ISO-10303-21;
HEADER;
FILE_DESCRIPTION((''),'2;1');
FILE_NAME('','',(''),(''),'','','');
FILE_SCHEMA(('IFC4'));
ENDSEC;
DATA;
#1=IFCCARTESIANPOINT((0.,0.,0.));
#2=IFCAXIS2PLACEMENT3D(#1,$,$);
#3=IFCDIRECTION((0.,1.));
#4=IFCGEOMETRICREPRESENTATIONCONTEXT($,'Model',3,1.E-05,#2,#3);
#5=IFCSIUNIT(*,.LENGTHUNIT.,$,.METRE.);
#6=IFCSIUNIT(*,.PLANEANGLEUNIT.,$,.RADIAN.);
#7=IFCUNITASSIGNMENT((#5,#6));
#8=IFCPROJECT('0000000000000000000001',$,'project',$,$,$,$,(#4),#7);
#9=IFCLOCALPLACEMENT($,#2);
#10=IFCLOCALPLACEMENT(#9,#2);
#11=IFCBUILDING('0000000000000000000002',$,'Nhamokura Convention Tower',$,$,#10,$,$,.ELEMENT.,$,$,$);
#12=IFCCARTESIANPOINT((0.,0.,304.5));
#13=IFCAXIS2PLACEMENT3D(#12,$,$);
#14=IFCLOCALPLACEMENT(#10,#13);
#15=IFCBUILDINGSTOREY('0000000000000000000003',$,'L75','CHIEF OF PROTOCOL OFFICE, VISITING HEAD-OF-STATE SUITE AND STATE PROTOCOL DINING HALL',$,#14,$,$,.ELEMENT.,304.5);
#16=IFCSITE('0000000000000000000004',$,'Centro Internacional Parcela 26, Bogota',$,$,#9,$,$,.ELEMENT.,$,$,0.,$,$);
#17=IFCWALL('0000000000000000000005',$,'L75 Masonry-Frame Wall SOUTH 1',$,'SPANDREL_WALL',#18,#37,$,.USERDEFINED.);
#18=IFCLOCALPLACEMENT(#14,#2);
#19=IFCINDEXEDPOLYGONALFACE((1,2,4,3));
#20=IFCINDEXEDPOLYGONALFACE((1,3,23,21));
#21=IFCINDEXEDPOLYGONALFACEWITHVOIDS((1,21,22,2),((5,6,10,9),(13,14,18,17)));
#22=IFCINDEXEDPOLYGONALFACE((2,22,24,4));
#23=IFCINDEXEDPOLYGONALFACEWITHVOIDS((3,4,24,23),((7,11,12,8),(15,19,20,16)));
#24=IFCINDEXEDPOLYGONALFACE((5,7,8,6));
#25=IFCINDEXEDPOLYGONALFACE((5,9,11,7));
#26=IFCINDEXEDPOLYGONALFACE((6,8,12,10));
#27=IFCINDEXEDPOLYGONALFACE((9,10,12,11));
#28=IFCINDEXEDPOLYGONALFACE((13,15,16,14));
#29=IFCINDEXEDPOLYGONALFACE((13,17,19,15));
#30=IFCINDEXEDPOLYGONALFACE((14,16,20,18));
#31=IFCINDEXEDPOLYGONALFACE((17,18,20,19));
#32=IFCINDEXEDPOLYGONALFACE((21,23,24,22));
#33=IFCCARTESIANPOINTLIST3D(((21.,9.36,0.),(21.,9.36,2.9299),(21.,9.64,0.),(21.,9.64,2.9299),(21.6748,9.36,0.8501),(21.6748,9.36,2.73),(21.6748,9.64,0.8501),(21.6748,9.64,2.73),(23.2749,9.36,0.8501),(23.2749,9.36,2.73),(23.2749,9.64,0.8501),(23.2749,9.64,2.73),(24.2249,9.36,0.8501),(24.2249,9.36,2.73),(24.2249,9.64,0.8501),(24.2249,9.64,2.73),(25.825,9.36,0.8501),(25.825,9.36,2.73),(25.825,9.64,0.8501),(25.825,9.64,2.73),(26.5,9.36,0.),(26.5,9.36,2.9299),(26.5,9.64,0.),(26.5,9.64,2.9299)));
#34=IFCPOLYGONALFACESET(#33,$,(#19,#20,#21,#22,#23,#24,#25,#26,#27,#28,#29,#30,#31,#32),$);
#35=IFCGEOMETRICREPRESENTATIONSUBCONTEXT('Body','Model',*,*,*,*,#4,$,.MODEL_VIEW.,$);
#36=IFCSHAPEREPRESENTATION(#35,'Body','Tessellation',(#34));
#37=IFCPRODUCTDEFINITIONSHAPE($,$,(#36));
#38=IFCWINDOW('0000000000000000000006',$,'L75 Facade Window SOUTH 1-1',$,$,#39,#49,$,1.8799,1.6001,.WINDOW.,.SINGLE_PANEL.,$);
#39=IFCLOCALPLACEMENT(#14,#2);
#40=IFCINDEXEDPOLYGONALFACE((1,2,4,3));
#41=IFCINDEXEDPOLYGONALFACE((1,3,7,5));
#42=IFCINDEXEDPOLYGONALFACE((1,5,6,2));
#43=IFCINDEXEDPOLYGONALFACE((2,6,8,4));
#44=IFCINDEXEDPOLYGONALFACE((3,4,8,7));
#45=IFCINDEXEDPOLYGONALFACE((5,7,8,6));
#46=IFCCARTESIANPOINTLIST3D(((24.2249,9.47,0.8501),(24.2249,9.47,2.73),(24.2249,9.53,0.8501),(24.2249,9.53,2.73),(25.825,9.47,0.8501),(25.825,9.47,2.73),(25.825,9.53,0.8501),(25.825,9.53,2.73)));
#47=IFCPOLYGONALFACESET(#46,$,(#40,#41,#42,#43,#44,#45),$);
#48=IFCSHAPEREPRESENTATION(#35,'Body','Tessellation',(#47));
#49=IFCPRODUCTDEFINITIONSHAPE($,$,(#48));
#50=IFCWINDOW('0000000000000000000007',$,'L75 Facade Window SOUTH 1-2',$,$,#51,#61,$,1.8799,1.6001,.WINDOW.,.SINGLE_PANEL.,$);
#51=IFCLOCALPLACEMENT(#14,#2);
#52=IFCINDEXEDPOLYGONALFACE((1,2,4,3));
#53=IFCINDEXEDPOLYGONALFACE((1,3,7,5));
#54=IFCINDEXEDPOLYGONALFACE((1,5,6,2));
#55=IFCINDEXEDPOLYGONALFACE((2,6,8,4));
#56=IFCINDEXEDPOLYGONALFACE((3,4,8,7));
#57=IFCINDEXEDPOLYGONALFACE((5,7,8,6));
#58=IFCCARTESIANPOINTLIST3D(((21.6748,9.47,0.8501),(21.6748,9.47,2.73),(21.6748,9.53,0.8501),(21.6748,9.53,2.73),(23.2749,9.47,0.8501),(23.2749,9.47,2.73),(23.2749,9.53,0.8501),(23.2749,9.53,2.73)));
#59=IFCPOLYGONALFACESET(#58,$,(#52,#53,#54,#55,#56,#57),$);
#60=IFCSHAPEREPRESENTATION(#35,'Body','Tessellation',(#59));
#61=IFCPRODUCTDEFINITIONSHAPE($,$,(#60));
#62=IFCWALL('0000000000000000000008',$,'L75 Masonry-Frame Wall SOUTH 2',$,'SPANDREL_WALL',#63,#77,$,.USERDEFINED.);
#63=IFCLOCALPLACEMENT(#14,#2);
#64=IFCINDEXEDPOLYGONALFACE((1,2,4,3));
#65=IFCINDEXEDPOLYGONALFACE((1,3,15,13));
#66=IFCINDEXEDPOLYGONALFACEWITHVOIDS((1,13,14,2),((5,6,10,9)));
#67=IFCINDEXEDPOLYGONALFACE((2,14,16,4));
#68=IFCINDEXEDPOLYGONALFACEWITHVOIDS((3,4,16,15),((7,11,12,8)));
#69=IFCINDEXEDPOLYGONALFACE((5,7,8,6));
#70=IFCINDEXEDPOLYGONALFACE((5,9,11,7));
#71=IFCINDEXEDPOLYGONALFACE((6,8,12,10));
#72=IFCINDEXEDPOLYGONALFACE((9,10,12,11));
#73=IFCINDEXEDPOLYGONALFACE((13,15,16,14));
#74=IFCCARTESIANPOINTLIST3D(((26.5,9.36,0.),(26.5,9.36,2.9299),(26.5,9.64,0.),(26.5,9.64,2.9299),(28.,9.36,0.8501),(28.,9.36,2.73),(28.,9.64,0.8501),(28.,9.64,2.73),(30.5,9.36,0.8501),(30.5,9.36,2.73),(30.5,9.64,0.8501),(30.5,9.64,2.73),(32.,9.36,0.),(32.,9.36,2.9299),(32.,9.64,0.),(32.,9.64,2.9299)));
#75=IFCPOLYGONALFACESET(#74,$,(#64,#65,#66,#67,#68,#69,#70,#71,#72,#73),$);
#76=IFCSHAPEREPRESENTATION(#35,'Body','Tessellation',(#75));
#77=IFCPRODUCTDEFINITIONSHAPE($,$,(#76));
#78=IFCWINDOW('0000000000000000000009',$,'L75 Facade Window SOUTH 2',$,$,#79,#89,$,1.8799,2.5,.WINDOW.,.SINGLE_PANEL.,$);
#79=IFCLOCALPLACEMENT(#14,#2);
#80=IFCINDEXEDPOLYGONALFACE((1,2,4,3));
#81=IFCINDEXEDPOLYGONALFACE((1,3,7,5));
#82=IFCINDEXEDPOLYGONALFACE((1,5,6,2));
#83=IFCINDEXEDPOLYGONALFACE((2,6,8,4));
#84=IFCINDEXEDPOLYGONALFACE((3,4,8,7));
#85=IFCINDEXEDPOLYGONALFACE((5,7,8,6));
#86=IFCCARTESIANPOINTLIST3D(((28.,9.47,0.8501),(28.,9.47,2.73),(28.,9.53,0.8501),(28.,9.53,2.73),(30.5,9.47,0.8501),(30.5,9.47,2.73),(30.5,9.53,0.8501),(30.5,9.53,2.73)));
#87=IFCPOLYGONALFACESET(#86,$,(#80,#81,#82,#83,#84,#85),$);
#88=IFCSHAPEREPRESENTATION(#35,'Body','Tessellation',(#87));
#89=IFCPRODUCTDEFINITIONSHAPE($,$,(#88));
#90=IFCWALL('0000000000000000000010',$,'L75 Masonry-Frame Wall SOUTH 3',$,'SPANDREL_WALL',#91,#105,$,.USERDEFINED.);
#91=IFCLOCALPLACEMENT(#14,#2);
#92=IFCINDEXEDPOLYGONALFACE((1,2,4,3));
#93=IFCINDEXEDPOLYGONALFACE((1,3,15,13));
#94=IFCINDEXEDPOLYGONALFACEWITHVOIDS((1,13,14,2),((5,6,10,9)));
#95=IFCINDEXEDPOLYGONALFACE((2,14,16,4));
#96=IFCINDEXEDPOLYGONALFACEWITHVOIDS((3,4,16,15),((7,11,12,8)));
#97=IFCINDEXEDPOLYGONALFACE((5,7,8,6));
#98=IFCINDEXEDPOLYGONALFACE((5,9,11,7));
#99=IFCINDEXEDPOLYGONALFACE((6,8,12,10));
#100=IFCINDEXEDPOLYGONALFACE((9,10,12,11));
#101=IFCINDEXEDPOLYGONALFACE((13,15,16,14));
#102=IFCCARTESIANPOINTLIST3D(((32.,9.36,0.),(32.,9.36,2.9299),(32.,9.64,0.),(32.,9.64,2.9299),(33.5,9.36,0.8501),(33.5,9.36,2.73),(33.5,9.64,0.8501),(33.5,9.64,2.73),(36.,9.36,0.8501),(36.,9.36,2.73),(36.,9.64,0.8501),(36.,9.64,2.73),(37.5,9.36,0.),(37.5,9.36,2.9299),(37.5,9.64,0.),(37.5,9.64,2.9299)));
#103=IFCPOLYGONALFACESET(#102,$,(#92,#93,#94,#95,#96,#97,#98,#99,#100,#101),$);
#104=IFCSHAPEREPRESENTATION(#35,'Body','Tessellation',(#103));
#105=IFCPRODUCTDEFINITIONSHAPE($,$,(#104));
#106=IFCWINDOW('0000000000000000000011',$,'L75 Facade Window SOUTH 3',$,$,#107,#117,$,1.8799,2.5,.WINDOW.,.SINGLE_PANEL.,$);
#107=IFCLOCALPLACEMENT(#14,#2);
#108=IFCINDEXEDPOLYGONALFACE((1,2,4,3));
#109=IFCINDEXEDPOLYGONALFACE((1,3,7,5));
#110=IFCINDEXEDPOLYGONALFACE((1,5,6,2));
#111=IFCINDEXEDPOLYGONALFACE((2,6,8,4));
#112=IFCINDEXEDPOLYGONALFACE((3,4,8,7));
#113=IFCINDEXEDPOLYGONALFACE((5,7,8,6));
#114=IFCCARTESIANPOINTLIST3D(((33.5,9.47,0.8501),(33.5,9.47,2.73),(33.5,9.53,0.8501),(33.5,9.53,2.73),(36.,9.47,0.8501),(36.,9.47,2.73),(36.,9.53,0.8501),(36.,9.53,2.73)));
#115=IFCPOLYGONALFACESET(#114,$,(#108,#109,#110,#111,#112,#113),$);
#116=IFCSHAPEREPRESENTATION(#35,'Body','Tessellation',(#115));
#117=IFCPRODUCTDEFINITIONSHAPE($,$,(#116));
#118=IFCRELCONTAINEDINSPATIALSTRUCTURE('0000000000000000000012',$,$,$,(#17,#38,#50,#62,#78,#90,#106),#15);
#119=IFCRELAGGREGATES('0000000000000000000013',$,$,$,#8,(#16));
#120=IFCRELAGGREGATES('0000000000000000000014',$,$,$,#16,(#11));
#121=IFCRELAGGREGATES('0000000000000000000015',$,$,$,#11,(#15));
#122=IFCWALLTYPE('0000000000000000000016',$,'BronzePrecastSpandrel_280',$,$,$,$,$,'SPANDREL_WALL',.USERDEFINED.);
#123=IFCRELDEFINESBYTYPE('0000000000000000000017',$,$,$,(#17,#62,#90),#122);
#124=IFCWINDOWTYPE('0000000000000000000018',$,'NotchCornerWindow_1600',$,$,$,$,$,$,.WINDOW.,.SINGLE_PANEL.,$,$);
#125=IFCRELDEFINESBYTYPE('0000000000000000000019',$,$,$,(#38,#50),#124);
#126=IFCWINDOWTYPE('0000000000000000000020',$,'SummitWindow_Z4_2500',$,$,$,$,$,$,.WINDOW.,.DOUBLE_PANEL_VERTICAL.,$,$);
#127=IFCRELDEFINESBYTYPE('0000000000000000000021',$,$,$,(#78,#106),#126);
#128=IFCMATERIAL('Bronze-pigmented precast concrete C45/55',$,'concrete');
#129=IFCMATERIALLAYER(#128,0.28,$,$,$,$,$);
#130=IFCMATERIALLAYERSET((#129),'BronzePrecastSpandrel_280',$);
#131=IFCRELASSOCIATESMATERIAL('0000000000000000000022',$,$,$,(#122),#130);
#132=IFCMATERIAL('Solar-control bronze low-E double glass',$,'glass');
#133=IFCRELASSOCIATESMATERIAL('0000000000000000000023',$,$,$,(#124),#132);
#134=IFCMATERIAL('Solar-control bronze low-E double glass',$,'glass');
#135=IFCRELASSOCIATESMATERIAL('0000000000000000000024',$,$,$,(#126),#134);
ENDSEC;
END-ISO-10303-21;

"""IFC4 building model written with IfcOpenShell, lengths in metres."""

from ifc_helpers import new_model, si_unit, direction, frame, frame_2d, origin, place, context, subcontext, project, spatial, rectangle, extrude, material, layer, layer_set, type_object, element, fill, save


model = new_model("IFC4")

# Units and contexts
model_context = context("Model", 3, precision=1e-05, world=origin(), true_north=direction((0.0, 1.0)))
body_context = subcontext(model_context, "Body", "Model", "MODEL_VIEW")
ifc_project = project(units=[si_unit("LENGTHUNIT", "METRE"), si_unit("PLANEANGLEUNIT", "RADIAN")], contexts=[model_context])

# Site, building, storey
site_placement = place(None, origin())
site = spatial("IfcSite", under=ifc_project, at=site_placement, Name="Centro Internacional Parcela 26, Bogota", CompositionType="ELEMENT", RefElevation=0.0)
building_placement = place(site_placement, origin())
building = spatial("IfcBuilding", under=site, at=building_placement, Name="Nhamokura Convention Tower", CompositionType="ELEMENT")
storey_placement = place(building_placement, frame((0.0, 0.0, 304.5)))
storey = spatial("IfcBuildingStorey", under=building, at=storey_placement, Name="L75", Description="CHIEF OF PROTOCOL OFFICE, VISITING HEAD-OF-STATE SUITE AND STATE PROTOCOL DINING HALL", CompositionType="ELEMENT", Elevation=304.5)

# Wall, openings, windows
ifc_material_1 = material(Name="Bronze-pigmented precast concrete C45/55", Category="concrete")
ifc_layer_1 = layer(ifc_material_1, 0.28)
ifc_layer_set_1 = layer_set([ifc_layer_1], Name="BronzePrecastSpandrel_280")
wall_type_1 = type_object("IfcWallType", Name="BronzePrecastSpandrel_280", ElementType="SPANDREL_WALL", PredefinedType="USERDEFINED", material=ifc_layer_set_1)
wall_1_placement = place(storey_placement, frame((26.5, 9.5, 0.0), z_axis=(0.0, 0.0, 1.0), x_axis=(-1.0, 0.0, 0.0)))
wall_1 = element("IfcWall", 1, at=wall_1_placement, inside=storey, type_object=wall_type_1, Name="L75 Masonry-Frame Wall SOUTH 1", ObjectType="SPANDREL_WALL", PredefinedType="USERDEFINED", context=body_context, shape_type="SweptSolid", body=[
    extrude(rectangle(XDim=5.5, YDim=0.28, at=frame_2d((2.75, 0.0))), origin(), (0.0, 0.0, 1.0), 2.9299),
])
opening_1_placement = place(wall_1_placement, frame((0.675, 0.0, 0.8501)))
opening_1 = element("IfcOpeningElement", 2, at=opening_1_placement, cuts=wall_1, PredefinedType="OPENING", context=body_context, shape_type="SweptSolid", body=[
    extrude(rectangle(XDim=1.6001, YDim=1.8799, at=frame_2d((0.8, 0.9399))), frame((0.0, 0.1499, 0.0), z_axis=(0.0, -1.0, 0.0), x_axis=(1.0, 0.0, 0.0)), (0.0, 0.0, 1.0), 0.3),
])
opening_2_placement = place(wall_1_placement, frame((3.2251, 0.0, 0.8501)))
opening_2 = element("IfcOpeningElement", 3, at=opening_2_placement, cuts=wall_1, PredefinedType="OPENING", context=body_context, shape_type="SweptSolid", body=[
    extrude(rectangle(XDim=1.6001, YDim=1.8799, at=frame_2d((0.8, 0.9399))), frame((0.0, 0.1499, 0.0), z_axis=(0.0, -1.0, 0.0), x_axis=(1.0, 0.0, 0.0)), (0.0, 0.0, 1.0), 0.3),
])
ifc_material_2 = material(Name="Solar-control bronze low-E double glass", Category="glass")
window_type_1 = type_object("IfcWindowType", Name="NotchCornerWindow_1600", PartitioningType="SINGLE_PANEL", PredefinedType="WINDOW", material=ifc_material_2)
window_1_placement = place(opening_1_placement, origin())
window_1 = element("IfcWindow", 4, at=window_1_placement, inside=storey, type_object=window_type_1, Name="L75 Facade Window SOUTH 1-1", OverallHeight=1.8799, OverallWidth=1.6001, PartitioningType="SINGLE_PANEL", PredefinedType="WINDOW", context=body_context, shape_type="SweptSolid", body=[
    extrude(rectangle(XDim=1.6001, YDim=1.8799, at=frame_2d((0.8, 0.9399))), frame((0.0, 0.03, 0.0), z_axis=(0.0, -1.0, 0.0), x_axis=(1.0, 0.0, 0.0)), (0.0, 0.0, 1.0), 0.0601),
])
fill(opening_1, window_1)
window_2_placement = place(opening_2_placement, origin())
window_2 = element("IfcWindow", 5, at=window_2_placement, inside=storey, type_object=window_type_1, Name="L75 Facade Window SOUTH 1-2", OverallHeight=1.8799, OverallWidth=1.6001, PartitioningType="SINGLE_PANEL", PredefinedType="WINDOW", context=body_context, shape_type="SweptSolid", body=[
    extrude(rectangle(XDim=1.6001, YDim=1.8799, at=frame_2d((0.8, 0.9399))), frame((0.0, 0.03, 0.0), z_axis=(0.0, -1.0, 0.0), x_axis=(1.0, 0.0, 0.0)), (0.0, 0.0, 1.0), 0.0601),
])
fill(opening_2, window_2)

# Walls, openings, windows
wall_2_placement = place(storey_placement, frame((32.0, 9.5, 0.0), z_axis=(0.0, 0.0, 1.0), x_axis=(-1.0, 0.0, 0.0)))
wall_2 = element("IfcWall", 6, at=wall_2_placement, inside=storey, type_object=wall_type_1, Name="L75 Masonry-Frame Wall SOUTH 2", ObjectType="SPANDREL_WALL", PredefinedType="USERDEFINED", context=body_context, shape_type="SweptSolid", body=[
    extrude(rectangle(XDim=5.5, YDim=0.28, at=frame_2d((2.75, 0.0))), origin(), (0.0, 0.0, 1.0), 2.9299),
])
opening_3_placement = place(wall_2_placement, frame((1.5, 0.0, 0.8501)))
opening_3 = element("IfcOpeningElement", 7, at=opening_3_placement, cuts=wall_2, PredefinedType="OPENING", context=body_context, shape_type="SweptSolid", body=[
    extrude(rectangle(XDim=2.5, YDim=1.8799, at=frame_2d((1.25, 0.9399))), frame((0.0, 0.1499, 0.0), z_axis=(0.0, -1.0, 0.0), x_axis=(1.0, 0.0, 0.0)), (0.0, 0.0, 1.0), 0.3),
])
ifc_material_3 = material(Name="Solar-control bronze low-E double glass", Category="glass")
window_type_2 = type_object("IfcWindowType", Name="SummitWindow_Z4_2500", PartitioningType="DOUBLE_PANEL_VERTICAL", PredefinedType="WINDOW", material=ifc_material_3)
window_3_placement = place(opening_3_placement, origin())
window_3 = element("IfcWindow", 8, at=window_3_placement, inside=storey, type_object=window_type_2, Name="L75 Facade Window SOUTH 2", OverallHeight=1.8799, OverallWidth=2.5, PartitioningType="SINGLE_PANEL", PredefinedType="WINDOW", context=body_context, shape_type="SweptSolid", body=[
    extrude(rectangle(XDim=2.5, YDim=1.8799, at=frame_2d((1.25, 0.9399))), frame((0.0, 0.03, 0.0), z_axis=(0.0, -1.0, 0.0), x_axis=(1.0, 0.0, 0.0)), (0.0, 0.0, 1.0), 0.0601),
])
fill(opening_3, window_3)
wall_3_placement = place(storey_placement, frame((37.5, 9.5, 0.0), z_axis=(0.0, 0.0, 1.0), x_axis=(-1.0, 0.0, 0.0)))
wall_3 = element("IfcWall", 9, at=wall_3_placement, inside=storey, type_object=wall_type_1, Name="L75 Masonry-Frame Wall SOUTH 3", ObjectType="SPANDREL_WALL", PredefinedType="USERDEFINED", context=body_context, shape_type="SweptSolid", body=[
    extrude(rectangle(XDim=5.5, YDim=0.28, at=frame_2d((2.75, 0.0))), origin(), (0.0, 0.0, 1.0), 2.9299),
])
opening_4_placement = place(wall_3_placement, frame((1.5, 0.0, 0.8501)))
opening_4 = element("IfcOpeningElement", 10, at=opening_4_placement, cuts=wall_3, PredefinedType="OPENING", context=body_context, shape_type="SweptSolid", body=[
    extrude(rectangle(XDim=2.5, YDim=1.8799, at=frame_2d((1.25, 0.9399))), frame((0.0, 0.1499, 0.0), z_axis=(0.0, -1.0, 0.0), x_axis=(1.0, 0.0, 0.0)), (0.0, 0.0, 1.0), 0.3),
])
window_4_placement = place(opening_4_placement, origin())
window_4 = element("IfcWindow", 11, at=window_4_placement, inside=storey, type_object=window_type_2, Name="L75 Facade Window SOUTH 3", OverallHeight=1.8799, OverallWidth=2.5, PartitioningType="SINGLE_PANEL", PredefinedType="WINDOW", context=body_context, shape_type="SweptSolid", body=[
    extrude(rectangle(XDim=2.5, YDim=1.8799, at=frame_2d((1.25, 0.9399))), frame((0.0, 0.03, 0.0), z_axis=(0.0, -1.0, 0.0), x_axis=(1.0, 0.0, 0.0)), (0.0, 0.0, 1.0), 0.0601),
])
fill(opening_4, window_4)

save(model, "model.ifc")
